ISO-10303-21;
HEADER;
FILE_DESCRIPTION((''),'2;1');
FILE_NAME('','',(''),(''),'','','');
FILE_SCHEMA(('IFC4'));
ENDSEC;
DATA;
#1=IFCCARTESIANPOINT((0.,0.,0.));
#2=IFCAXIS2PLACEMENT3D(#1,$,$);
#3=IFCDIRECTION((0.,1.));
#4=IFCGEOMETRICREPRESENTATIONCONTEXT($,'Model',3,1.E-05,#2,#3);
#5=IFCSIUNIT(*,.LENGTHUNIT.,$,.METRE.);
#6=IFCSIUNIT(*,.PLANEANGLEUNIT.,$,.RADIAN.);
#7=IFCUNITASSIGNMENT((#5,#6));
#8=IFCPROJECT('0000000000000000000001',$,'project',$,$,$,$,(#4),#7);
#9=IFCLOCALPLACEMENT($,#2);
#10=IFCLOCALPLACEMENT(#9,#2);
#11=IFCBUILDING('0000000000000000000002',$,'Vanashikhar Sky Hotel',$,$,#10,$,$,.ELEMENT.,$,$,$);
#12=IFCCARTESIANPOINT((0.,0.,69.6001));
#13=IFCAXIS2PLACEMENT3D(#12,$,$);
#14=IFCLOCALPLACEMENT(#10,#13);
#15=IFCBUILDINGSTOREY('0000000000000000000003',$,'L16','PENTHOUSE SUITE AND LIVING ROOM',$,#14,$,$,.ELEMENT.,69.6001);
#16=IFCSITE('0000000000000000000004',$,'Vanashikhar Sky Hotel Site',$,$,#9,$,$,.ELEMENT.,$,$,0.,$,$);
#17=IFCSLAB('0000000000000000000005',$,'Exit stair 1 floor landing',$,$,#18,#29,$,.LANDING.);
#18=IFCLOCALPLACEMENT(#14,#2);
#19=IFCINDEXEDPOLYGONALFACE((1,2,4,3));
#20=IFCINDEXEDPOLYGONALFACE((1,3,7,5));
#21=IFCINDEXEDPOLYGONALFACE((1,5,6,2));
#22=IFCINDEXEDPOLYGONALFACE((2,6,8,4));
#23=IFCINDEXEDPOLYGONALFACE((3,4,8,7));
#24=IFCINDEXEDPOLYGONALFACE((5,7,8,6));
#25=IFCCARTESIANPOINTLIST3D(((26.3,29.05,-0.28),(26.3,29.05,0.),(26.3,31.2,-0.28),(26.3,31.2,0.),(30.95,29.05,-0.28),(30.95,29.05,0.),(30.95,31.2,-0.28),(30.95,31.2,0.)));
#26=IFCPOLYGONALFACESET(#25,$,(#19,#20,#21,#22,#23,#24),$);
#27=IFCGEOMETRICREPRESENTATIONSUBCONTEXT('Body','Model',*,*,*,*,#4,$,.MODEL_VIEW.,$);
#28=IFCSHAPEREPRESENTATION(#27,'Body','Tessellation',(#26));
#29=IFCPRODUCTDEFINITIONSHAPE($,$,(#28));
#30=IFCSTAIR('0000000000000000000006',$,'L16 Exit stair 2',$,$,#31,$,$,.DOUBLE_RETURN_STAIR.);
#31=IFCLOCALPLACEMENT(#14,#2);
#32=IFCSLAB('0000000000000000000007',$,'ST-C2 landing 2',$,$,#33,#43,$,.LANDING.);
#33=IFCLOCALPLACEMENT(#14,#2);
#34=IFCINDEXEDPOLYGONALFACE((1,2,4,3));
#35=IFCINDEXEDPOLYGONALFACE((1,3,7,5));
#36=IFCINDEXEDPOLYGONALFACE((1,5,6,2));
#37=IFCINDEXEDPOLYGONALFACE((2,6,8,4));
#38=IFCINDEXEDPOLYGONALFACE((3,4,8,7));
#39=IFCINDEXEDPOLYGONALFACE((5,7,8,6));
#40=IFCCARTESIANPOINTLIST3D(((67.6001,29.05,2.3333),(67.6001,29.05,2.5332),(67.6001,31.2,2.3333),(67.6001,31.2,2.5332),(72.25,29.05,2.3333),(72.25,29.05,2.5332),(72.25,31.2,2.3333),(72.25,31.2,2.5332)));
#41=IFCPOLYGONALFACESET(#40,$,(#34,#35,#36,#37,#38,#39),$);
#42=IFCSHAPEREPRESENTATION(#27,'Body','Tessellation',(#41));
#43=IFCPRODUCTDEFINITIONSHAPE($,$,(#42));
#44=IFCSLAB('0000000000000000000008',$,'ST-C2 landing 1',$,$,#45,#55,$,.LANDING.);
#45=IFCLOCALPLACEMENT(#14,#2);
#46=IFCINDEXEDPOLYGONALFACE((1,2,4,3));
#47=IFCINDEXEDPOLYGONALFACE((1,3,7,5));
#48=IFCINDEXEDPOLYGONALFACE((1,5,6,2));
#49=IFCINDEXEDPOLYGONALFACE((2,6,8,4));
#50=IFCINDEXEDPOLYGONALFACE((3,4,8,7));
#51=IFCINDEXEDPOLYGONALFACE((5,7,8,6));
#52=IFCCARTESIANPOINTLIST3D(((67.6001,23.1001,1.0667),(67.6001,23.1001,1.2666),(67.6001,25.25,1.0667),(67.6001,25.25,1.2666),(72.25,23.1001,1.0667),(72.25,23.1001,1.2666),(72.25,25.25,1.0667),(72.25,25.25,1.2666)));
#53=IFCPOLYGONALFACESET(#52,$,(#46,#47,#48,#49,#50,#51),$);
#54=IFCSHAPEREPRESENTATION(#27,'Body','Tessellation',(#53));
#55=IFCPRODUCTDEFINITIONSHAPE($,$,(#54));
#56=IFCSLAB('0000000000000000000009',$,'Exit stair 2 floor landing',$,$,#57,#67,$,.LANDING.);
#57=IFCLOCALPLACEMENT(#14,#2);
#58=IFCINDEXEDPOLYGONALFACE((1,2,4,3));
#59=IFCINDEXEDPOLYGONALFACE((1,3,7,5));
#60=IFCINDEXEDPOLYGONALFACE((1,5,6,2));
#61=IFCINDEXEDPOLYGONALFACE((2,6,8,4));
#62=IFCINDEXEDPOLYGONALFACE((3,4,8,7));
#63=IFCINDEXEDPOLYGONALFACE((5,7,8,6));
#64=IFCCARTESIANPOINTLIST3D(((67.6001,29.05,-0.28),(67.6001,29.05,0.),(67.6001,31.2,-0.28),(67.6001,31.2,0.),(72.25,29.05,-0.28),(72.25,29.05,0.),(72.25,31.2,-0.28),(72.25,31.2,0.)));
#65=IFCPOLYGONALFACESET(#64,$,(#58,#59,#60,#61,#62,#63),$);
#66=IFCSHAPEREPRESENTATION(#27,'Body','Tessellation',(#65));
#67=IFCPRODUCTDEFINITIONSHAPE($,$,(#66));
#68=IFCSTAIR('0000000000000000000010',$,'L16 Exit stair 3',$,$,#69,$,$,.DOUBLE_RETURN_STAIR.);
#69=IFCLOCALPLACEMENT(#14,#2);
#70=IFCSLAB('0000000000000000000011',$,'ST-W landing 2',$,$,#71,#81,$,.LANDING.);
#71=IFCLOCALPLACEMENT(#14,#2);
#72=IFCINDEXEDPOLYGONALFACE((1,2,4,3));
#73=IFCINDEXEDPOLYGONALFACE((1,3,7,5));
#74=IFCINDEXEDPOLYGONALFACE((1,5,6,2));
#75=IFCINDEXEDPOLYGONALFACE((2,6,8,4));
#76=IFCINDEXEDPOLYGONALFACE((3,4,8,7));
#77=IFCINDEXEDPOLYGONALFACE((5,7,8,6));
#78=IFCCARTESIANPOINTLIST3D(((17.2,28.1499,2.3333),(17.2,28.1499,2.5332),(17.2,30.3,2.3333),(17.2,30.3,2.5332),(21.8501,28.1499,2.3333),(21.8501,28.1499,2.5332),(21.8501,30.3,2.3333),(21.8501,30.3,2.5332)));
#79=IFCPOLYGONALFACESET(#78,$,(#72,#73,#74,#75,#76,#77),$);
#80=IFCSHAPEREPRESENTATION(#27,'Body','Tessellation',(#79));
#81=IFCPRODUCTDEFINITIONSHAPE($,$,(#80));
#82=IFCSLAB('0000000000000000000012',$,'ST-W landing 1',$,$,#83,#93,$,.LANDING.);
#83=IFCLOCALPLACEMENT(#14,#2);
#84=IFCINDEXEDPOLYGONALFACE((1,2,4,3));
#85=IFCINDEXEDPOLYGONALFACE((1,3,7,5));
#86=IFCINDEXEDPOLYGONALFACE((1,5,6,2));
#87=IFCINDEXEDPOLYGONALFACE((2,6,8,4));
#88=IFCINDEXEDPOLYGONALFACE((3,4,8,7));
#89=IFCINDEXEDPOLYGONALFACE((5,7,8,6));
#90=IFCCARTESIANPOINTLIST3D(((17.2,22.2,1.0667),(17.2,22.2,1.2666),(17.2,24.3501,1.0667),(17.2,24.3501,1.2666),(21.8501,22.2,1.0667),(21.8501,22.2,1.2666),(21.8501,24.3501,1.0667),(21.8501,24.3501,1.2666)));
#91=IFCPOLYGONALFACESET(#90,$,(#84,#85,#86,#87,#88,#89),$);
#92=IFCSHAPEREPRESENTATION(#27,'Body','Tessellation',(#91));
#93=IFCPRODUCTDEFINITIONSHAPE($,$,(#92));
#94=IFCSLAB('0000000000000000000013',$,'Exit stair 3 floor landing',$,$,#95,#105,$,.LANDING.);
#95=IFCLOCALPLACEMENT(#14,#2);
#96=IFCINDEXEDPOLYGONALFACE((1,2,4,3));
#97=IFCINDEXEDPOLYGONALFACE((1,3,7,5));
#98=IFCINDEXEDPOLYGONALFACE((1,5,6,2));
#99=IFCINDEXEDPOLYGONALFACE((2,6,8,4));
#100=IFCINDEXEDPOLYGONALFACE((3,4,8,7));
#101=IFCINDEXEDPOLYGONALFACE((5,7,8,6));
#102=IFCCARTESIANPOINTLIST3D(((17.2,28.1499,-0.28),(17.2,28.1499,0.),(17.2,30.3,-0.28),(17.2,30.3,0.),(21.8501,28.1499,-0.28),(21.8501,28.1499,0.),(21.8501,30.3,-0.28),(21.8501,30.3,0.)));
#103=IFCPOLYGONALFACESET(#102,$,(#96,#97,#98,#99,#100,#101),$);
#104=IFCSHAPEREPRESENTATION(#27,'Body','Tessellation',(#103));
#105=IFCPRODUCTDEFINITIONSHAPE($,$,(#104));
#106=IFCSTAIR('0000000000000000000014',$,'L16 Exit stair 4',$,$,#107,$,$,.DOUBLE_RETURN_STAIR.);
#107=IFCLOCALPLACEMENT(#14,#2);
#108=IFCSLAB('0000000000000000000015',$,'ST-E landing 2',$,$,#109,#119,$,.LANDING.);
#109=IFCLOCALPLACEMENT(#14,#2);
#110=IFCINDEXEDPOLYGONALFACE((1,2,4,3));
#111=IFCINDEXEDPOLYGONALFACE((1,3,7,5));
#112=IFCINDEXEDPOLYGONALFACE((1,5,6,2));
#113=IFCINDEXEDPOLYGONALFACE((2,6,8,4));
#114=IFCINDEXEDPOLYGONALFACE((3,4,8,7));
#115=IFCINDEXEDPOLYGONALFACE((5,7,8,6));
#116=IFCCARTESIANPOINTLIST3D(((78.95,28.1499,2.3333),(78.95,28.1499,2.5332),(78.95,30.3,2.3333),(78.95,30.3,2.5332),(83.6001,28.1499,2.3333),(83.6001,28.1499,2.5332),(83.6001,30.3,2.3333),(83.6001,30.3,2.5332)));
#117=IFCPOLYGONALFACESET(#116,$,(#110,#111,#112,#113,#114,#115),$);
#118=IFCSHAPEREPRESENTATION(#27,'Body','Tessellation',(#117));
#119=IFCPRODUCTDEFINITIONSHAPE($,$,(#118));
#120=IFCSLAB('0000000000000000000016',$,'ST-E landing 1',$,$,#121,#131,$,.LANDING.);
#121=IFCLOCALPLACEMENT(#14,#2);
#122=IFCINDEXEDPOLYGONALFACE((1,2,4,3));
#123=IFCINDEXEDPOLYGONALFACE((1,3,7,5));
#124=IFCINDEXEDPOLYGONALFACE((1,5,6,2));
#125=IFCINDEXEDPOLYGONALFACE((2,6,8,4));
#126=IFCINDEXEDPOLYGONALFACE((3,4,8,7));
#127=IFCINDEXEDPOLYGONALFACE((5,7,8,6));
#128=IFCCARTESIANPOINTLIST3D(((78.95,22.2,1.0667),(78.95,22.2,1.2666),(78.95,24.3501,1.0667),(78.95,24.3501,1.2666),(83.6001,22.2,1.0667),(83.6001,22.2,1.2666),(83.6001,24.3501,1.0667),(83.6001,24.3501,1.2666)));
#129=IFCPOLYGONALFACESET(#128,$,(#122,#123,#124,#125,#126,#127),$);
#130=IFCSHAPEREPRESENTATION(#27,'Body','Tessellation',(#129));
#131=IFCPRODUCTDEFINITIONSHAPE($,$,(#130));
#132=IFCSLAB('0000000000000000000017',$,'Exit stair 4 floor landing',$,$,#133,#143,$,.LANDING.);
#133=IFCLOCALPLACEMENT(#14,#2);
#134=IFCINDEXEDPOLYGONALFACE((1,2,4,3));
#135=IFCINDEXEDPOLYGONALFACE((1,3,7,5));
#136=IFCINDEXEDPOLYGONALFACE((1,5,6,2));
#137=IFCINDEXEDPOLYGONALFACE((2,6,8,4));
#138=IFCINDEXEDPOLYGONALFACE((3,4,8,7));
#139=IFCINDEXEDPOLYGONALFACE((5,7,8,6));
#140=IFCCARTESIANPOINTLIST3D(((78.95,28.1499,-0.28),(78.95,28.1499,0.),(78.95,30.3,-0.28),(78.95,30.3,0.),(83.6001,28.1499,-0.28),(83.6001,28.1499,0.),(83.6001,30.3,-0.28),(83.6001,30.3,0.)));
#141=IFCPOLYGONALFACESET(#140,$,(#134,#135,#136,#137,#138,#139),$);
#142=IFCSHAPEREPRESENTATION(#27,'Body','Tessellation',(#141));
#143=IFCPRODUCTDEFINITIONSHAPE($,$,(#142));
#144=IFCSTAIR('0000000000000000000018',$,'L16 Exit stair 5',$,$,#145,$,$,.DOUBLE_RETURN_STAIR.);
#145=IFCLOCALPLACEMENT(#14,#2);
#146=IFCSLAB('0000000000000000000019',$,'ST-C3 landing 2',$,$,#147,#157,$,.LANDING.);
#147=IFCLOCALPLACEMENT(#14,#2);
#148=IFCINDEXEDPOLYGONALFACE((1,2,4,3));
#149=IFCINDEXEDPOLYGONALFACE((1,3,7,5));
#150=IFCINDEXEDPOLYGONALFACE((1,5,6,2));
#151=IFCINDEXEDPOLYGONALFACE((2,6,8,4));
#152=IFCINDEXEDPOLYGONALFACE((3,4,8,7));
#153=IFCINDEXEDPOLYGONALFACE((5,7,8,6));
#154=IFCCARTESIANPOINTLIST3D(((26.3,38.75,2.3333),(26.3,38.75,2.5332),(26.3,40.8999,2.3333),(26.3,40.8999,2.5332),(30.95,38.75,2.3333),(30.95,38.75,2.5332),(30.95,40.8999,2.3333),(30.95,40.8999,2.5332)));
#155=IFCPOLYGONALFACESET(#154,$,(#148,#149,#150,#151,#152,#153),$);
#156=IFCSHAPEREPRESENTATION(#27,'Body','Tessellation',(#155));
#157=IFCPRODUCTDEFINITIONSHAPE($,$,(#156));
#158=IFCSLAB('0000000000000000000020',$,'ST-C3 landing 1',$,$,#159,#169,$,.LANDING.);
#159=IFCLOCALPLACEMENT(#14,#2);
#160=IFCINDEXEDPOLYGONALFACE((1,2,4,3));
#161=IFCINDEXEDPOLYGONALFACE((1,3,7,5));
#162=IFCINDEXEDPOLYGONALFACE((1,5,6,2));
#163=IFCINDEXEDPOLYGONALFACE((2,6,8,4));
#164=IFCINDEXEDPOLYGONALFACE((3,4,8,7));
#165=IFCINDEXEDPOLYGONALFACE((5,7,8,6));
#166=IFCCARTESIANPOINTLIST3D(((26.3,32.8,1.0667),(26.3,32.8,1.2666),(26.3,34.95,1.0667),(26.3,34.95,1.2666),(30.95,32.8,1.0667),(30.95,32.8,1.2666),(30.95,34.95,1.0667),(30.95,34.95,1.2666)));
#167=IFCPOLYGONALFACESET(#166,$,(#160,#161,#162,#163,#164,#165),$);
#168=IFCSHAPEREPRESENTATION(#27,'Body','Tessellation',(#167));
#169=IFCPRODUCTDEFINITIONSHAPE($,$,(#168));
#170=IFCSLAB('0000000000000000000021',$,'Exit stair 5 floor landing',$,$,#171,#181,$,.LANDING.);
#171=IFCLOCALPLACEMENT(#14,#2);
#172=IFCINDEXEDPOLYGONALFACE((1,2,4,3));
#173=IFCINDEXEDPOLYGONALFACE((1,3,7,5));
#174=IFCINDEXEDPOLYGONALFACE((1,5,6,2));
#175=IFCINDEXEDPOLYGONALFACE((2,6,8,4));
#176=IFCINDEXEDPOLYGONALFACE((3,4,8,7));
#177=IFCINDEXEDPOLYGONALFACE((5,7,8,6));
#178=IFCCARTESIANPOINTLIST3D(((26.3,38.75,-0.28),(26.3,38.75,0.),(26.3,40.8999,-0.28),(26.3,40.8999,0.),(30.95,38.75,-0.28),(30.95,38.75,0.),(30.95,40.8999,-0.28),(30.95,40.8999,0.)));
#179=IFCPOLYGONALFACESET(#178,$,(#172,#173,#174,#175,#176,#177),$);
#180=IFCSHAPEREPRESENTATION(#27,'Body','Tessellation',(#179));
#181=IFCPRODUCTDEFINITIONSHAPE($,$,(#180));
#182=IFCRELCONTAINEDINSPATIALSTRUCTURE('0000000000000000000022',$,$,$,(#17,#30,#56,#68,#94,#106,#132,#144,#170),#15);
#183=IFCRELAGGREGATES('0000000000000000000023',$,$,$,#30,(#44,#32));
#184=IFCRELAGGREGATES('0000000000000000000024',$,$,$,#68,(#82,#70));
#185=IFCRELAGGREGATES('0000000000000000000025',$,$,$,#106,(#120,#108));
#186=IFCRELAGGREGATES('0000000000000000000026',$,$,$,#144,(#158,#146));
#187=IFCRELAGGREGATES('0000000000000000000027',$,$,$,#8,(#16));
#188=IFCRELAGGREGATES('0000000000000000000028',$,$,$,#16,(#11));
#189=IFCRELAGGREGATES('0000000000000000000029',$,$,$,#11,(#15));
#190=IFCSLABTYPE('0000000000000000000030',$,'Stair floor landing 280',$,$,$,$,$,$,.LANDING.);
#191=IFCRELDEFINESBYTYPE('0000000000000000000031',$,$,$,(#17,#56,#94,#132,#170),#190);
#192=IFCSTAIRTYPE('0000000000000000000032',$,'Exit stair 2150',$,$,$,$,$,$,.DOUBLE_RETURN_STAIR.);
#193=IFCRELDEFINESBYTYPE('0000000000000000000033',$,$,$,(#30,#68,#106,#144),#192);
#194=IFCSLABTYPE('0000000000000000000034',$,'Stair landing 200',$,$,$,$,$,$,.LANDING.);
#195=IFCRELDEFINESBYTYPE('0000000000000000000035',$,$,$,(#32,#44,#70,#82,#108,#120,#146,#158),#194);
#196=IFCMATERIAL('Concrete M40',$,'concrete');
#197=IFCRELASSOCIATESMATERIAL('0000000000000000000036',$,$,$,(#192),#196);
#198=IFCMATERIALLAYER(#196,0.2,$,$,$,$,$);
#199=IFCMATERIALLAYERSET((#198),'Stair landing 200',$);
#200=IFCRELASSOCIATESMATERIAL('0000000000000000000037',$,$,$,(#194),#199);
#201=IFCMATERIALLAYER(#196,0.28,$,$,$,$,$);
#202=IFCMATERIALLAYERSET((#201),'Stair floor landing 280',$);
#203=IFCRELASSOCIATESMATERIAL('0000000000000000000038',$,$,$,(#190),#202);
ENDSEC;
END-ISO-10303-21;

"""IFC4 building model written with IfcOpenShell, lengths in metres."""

from ifc_helpers import new_model, si_unit, direction, frame, origin, place, context, subcontext, project, spatial, polyline, outline, extrude, source, transform, mapped, material, layer, layer_set, type_object, element, aggregate, save


model = new_model("IFC4")

# Units and contexts
model_context = context("Model", 3, precision=1e-05, world=origin(), true_north=direction((0.0, 1.0)))
body_context = subcontext(model_context, "Body", "Model", "MODEL_VIEW")
ifc_project = project(units=[si_unit("LENGTHUNIT", "METRE"), si_unit("PLANEANGLEUNIT", "RADIAN")], contexts=[model_context])

# Site, building, storey
site_placement = place(None, origin())
site = spatial("IfcSite", under=ifc_project, at=site_placement, Name="Vanashikhar Sky Hotel Site", CompositionType="ELEMENT", RefElevation=0.0)
building_placement = place(site_placement, origin())
building = spatial("IfcBuilding", under=site, at=building_placement, Name="Vanashikhar Sky Hotel", CompositionType="ELEMENT")
storey_placement = place(building_placement, frame((0.0, 0.0, 69.6001)))
storey = spatial("IfcBuildingStorey", under=building, at=storey_placement, Name="L16", Description="PENTHOUSE SUITE AND LIVING ROOM", CompositionType="ELEMENT", Elevation=69.6001)

# Shared definitions
ifc_material_1 = material(Name="Concrete M40", Category="concrete")

# Shared definitions
stair_type = type_object("IfcStairType", Name="Exit stair 2150", PredefinedType="DOUBLE_RETURN_STAIR", material=ifc_material_1)
ifc_layer_1 = layer(ifc_material_1, 0.2)
ifc_layer_set_1 = layer_set([ifc_layer_1], Name="Stair landing 200")
slab_type_1 = type_object("IfcSlabType", Name="Stair landing 200", PredefinedType="LANDING", material=ifc_layer_set_1)

# Slab
ifc_layer_2 = layer(ifc_material_1, 0.28)
ifc_layer_set_2 = layer_set([ifc_layer_2], Name="Stair floor landing 280")
slab_type_2 = type_object("IfcSlabType", Name="Stair floor landing 280", PredefinedType="LANDING", material=ifc_layer_set_2)
shared_shape_1 = source(origin(), body_context, "Body", "SweptSolid", [
    extrude(outline(polyline([(30.95, 29.05), (30.95, 31.2), (26.3, 31.2), (26.3, 29.05), (30.95, 29.05)])), origin(), (0.0, 0.0, 1.0), 0.28),
])
slab_1_placement = place(storey_placement, frame((0.0, 0.0, -0.28)))
element("IfcSlab", 1, at=slab_1_placement, inside=storey, type_object=slab_type_2, Name="Exit stair 1 floor landing", PredefinedType="LANDING", context=body_context, shape_type="MappedRepresentation", body=[
    mapped(shared_shape_1, transform((0.0, 0.0, 0.0), scale=1.0)),
])

# Stair, slabs
stair_1_placement = place(storey_placement, origin())
stair_1 = element("IfcStair", 2, at=stair_1_placement, inside=storey, type_object=stair_type, Name="L16 Exit stair 2", PredefinedType="DOUBLE_RETURN_STAIR")
shared_shape_2 = source(origin(), body_context, "Body", "SweptSolid", [
    extrude(outline(polyline([(72.25, 29.05), (72.25, 31.2), (67.6001, 31.2), (67.6001, 29.05), (72.25, 29.05)])), origin(), (0.0, 0.0, 1.0), 0.2),
])
slab_2_placement = place(storey_placement, frame((0.0, 0.0, 2.3333)))
slab_2 = element("IfcSlab", 3, at=slab_2_placement, type_object=slab_type_1, Name="ST-C2 landing 2", PredefinedType="LANDING", context=body_context, shape_type="MappedRepresentation", body=[
    mapped(shared_shape_2, transform((0.0, 0.0, 0.0), scale=1.0)),
])
shared_shape_3 = source(origin(), body_context, "Body", "SweptSolid", [
    extrude(outline(polyline([(72.25, 23.1001), (72.25, 25.25), (67.6001, 25.25), (67.6001, 23.1001), (72.25, 23.1001)])), origin(), (0.0, 0.0, 1.0), 0.2),
])
slab_3_placement = place(storey_placement, frame((0.0, 0.0, 1.0667)))
slab_3 = element("IfcSlab", 4, at=slab_3_placement, type_object=slab_type_1, Name="ST-C2 landing 1", PredefinedType="LANDING", context=body_context, shape_type="MappedRepresentation", body=[
    mapped(shared_shape_3, transform((0.0, 0.0, 0.0), scale=1.0)),
])
aggregate(stair_1, [slab_3, slab_2])

# Slab
shared_shape_4 = source(origin(), body_context, "Body", "SweptSolid", [
    extrude(outline(polyline([(72.25, 29.05), (72.25, 31.2), (67.6001, 31.2), (67.6001, 29.05), (72.25, 29.05)])), origin(), (0.0, 0.0, 1.0), 0.28),
])
slab_4_placement = place(storey_placement, frame((0.0, 0.0, -0.28)))
element("IfcSlab", 5, at=slab_4_placement, inside=storey, type_object=slab_type_2, Name="Exit stair 2 floor landing", PredefinedType="LANDING", context=body_context, shape_type="MappedRepresentation", body=[
    mapped(shared_shape_4, transform((0.0, 0.0, 0.0), scale=1.0)),
])

# Stair, slabs
stair_2_placement = place(storey_placement, origin())
stair_2 = element("IfcStair", 6, at=stair_2_placement, inside=storey, type_object=stair_type, Name="L16 Exit stair 3", PredefinedType="DOUBLE_RETURN_STAIR")
shared_shape_5 = source(origin(), body_context, "Body", "SweptSolid", [
    extrude(outline(polyline([(21.8501, 28.1499), (21.8501, 30.3), (17.2, 30.3), (17.2, 28.1499), (21.8501, 28.1499)])), origin(), (0.0, 0.0, 1.0), 0.2),
])
slab_5_placement = place(storey_placement, frame((0.0, 0.0, 2.3333)))
slab_5 = element("IfcSlab", 7, at=slab_5_placement, type_object=slab_type_1, Name="ST-W landing 2", PredefinedType="LANDING", context=body_context, shape_type="MappedRepresentation", body=[
    mapped(shared_shape_5, transform((0.0, 0.0, 0.0), scale=1.0)),
])
shared_shape_6 = source(origin(), body_context, "Body", "SweptSolid", [
    extrude(outline(polyline([(21.8501, 22.2), (21.8501, 24.3501), (17.2, 24.3501), (17.2, 22.2), (21.8501, 22.2)])), origin(), (0.0, 0.0, 1.0), 0.2),
])
slab_6_placement = place(storey_placement, frame((0.0, 0.0, 1.0667)))
slab_6 = element("IfcSlab", 8, at=slab_6_placement, type_object=slab_type_1, Name="ST-W landing 1", PredefinedType="LANDING", context=body_context, shape_type="MappedRepresentation", body=[
    mapped(shared_shape_6, transform((0.0, 0.0, 0.0), scale=1.0)),
])
aggregate(stair_2, [slab_6, slab_5])

# Slab
shared_shape_7 = source(origin(), body_context, "Body", "SweptSolid", [
    extrude(outline(polyline([(21.8501, 28.1499), (21.8501, 30.3), (17.2, 30.3), (17.2, 28.1499), (21.8501, 28.1499)])), origin(), (0.0, 0.0, 1.0), 0.28),
])
slab_7_placement = place(storey_placement, frame((0.0, 0.0, -0.28)))
element("IfcSlab", 9, at=slab_7_placement, inside=storey, type_object=slab_type_2, Name="Exit stair 3 floor landing", PredefinedType="LANDING", context=body_context, shape_type="MappedRepresentation", body=[
    mapped(shared_shape_7, transform((0.0, 0.0, 0.0), scale=1.0)),
])

# Stair, slabs
stair_3_placement = place(storey_placement, origin())
stair_3 = element("IfcStair", 10, at=stair_3_placement, inside=storey, type_object=stair_type, Name="L16 Exit stair 4", PredefinedType="DOUBLE_RETURN_STAIR")
shared_shape_8 = source(origin(), body_context, "Body", "SweptSolid", [
    extrude(outline(polyline([(83.6001, 28.1499), (83.6001, 30.3), (78.95, 30.3), (78.95, 28.1499), (83.6001, 28.1499)])), origin(), (0.0, 0.0, 1.0), 0.2),
])
slab_8_placement = place(storey_placement, frame((0.0, 0.0, 2.3333)))
slab_8 = element("IfcSlab", 11, at=slab_8_placement, type_object=slab_type_1, Name="ST-E landing 2", PredefinedType="LANDING", context=body_context, shape_type="MappedRepresentation", body=[
    mapped(shared_shape_8, transform((0.0, 0.0, 0.0), scale=1.0)),
])
shared_shape_9 = source(origin(), body_context, "Body", "SweptSolid", [
    extrude(outline(polyline([(83.6001, 22.2), (83.6001, 24.3501), (78.95, 24.3501), (78.95, 22.2), (83.6001, 22.2)])), origin(), (0.0, 0.0, 1.0), 0.2),
])
slab_9_placement = place(storey_placement, frame((0.0, 0.0, 1.0667)))
slab_9 = element("IfcSlab", 12, at=slab_9_placement, type_object=slab_type_1, Name="ST-E landing 1", PredefinedType="LANDING", context=body_context, shape_type="MappedRepresentation", body=[
    mapped(shared_shape_9, transform((0.0, 0.0, 0.0), scale=1.0)),
])
aggregate(stair_3, [slab_9, slab_8])

# Slab
shared_shape_10 = source(origin(), body_context, "Body", "SweptSolid", [
    extrude(outline(polyline([(83.6001, 28.1499), (83.6001, 30.3), (78.95, 30.3), (78.95, 28.1499), (83.6001, 28.1499)])), origin(), (0.0, 0.0, 1.0), 0.28),
])
slab_10_placement = place(storey_placement, frame((0.0, 0.0, -0.28)))
element("IfcSlab", 13, at=slab_10_placement, inside=storey, type_object=slab_type_2, Name="Exit stair 4 floor landing", PredefinedType="LANDING", context=body_context, shape_type="MappedRepresentation", body=[
    mapped(shared_shape_10, transform((0.0, 0.0, 0.0), scale=1.0)),
])

# Stair, slabs
stair_4_placement = place(storey_placement, origin())
stair_4 = element("IfcStair", 14, at=stair_4_placement, inside=storey, type_object=stair_type, Name="L16 Exit stair 5", PredefinedType="DOUBLE_RETURN_STAIR")
shared_shape_11 = source(origin(), body_context, "Body", "SweptSolid", [
    extrude(outline(polyline([(30.95, 38.75), (30.95, 40.8999), (26.3, 40.8999), (26.3, 38.75), (30.95, 38.75)])), origin(), (0.0, 0.0, 1.0), 0.2),
])
slab_11_placement = place(storey_placement, frame((0.0, 0.0, 2.3333)))
slab_11 = element("IfcSlab", 15, at=slab_11_placement, type_object=slab_type_1, Name="ST-C3 landing 2", PredefinedType="LANDING", context=body_context, shape_type="MappedRepresentation", body=[
    mapped(shared_shape_11, transform((0.0, 0.0, 0.0), scale=1.0)),
])
shared_shape_12 = source(origin(), body_context, "Body", "SweptSolid", [
    extrude(outline(polyline([(30.95, 32.8), (30.95, 34.95), (26.3, 34.95), (26.3, 32.8), (30.95, 32.8)])), origin(), (0.0, 0.0, 1.0), 0.2),
])
slab_12_placement = place(storey_placement, frame((0.0, 0.0, 1.0667)))
slab_12 = element("IfcSlab", 16, at=slab_12_placement, type_object=slab_type_1, Name="ST-C3 landing 1", PredefinedType="LANDING", context=body_context, shape_type="MappedRepresentation", body=[
    mapped(shared_shape_12, transform((0.0, 0.0, 0.0), scale=1.0)),
])
aggregate(stair_4, [slab_12, slab_11])

# Slab
shared_shape_13 = source(origin(), body_context, "Body", "SweptSolid", [
    extrude(outline(polyline([(30.95, 38.75), (30.95, 40.8999), (26.3, 40.8999), (26.3, 38.75), (30.95, 38.75)])), origin(), (0.0, 0.0, 1.0), 0.28),
])
slab_13_placement = place(storey_placement, frame((0.0, 0.0, -0.28)))
element("IfcSlab", 17, at=slab_13_placement, inside=storey, type_object=slab_type_2, Name="Exit stair 5 floor landing", PredefinedType="LANDING", context=body_context, shape_type="MappedRepresentation", body=[
    mapped(shared_shape_13, transform((0.0, 0.0, 0.0), scale=1.0)),
])

save(model, "model.ifc")
